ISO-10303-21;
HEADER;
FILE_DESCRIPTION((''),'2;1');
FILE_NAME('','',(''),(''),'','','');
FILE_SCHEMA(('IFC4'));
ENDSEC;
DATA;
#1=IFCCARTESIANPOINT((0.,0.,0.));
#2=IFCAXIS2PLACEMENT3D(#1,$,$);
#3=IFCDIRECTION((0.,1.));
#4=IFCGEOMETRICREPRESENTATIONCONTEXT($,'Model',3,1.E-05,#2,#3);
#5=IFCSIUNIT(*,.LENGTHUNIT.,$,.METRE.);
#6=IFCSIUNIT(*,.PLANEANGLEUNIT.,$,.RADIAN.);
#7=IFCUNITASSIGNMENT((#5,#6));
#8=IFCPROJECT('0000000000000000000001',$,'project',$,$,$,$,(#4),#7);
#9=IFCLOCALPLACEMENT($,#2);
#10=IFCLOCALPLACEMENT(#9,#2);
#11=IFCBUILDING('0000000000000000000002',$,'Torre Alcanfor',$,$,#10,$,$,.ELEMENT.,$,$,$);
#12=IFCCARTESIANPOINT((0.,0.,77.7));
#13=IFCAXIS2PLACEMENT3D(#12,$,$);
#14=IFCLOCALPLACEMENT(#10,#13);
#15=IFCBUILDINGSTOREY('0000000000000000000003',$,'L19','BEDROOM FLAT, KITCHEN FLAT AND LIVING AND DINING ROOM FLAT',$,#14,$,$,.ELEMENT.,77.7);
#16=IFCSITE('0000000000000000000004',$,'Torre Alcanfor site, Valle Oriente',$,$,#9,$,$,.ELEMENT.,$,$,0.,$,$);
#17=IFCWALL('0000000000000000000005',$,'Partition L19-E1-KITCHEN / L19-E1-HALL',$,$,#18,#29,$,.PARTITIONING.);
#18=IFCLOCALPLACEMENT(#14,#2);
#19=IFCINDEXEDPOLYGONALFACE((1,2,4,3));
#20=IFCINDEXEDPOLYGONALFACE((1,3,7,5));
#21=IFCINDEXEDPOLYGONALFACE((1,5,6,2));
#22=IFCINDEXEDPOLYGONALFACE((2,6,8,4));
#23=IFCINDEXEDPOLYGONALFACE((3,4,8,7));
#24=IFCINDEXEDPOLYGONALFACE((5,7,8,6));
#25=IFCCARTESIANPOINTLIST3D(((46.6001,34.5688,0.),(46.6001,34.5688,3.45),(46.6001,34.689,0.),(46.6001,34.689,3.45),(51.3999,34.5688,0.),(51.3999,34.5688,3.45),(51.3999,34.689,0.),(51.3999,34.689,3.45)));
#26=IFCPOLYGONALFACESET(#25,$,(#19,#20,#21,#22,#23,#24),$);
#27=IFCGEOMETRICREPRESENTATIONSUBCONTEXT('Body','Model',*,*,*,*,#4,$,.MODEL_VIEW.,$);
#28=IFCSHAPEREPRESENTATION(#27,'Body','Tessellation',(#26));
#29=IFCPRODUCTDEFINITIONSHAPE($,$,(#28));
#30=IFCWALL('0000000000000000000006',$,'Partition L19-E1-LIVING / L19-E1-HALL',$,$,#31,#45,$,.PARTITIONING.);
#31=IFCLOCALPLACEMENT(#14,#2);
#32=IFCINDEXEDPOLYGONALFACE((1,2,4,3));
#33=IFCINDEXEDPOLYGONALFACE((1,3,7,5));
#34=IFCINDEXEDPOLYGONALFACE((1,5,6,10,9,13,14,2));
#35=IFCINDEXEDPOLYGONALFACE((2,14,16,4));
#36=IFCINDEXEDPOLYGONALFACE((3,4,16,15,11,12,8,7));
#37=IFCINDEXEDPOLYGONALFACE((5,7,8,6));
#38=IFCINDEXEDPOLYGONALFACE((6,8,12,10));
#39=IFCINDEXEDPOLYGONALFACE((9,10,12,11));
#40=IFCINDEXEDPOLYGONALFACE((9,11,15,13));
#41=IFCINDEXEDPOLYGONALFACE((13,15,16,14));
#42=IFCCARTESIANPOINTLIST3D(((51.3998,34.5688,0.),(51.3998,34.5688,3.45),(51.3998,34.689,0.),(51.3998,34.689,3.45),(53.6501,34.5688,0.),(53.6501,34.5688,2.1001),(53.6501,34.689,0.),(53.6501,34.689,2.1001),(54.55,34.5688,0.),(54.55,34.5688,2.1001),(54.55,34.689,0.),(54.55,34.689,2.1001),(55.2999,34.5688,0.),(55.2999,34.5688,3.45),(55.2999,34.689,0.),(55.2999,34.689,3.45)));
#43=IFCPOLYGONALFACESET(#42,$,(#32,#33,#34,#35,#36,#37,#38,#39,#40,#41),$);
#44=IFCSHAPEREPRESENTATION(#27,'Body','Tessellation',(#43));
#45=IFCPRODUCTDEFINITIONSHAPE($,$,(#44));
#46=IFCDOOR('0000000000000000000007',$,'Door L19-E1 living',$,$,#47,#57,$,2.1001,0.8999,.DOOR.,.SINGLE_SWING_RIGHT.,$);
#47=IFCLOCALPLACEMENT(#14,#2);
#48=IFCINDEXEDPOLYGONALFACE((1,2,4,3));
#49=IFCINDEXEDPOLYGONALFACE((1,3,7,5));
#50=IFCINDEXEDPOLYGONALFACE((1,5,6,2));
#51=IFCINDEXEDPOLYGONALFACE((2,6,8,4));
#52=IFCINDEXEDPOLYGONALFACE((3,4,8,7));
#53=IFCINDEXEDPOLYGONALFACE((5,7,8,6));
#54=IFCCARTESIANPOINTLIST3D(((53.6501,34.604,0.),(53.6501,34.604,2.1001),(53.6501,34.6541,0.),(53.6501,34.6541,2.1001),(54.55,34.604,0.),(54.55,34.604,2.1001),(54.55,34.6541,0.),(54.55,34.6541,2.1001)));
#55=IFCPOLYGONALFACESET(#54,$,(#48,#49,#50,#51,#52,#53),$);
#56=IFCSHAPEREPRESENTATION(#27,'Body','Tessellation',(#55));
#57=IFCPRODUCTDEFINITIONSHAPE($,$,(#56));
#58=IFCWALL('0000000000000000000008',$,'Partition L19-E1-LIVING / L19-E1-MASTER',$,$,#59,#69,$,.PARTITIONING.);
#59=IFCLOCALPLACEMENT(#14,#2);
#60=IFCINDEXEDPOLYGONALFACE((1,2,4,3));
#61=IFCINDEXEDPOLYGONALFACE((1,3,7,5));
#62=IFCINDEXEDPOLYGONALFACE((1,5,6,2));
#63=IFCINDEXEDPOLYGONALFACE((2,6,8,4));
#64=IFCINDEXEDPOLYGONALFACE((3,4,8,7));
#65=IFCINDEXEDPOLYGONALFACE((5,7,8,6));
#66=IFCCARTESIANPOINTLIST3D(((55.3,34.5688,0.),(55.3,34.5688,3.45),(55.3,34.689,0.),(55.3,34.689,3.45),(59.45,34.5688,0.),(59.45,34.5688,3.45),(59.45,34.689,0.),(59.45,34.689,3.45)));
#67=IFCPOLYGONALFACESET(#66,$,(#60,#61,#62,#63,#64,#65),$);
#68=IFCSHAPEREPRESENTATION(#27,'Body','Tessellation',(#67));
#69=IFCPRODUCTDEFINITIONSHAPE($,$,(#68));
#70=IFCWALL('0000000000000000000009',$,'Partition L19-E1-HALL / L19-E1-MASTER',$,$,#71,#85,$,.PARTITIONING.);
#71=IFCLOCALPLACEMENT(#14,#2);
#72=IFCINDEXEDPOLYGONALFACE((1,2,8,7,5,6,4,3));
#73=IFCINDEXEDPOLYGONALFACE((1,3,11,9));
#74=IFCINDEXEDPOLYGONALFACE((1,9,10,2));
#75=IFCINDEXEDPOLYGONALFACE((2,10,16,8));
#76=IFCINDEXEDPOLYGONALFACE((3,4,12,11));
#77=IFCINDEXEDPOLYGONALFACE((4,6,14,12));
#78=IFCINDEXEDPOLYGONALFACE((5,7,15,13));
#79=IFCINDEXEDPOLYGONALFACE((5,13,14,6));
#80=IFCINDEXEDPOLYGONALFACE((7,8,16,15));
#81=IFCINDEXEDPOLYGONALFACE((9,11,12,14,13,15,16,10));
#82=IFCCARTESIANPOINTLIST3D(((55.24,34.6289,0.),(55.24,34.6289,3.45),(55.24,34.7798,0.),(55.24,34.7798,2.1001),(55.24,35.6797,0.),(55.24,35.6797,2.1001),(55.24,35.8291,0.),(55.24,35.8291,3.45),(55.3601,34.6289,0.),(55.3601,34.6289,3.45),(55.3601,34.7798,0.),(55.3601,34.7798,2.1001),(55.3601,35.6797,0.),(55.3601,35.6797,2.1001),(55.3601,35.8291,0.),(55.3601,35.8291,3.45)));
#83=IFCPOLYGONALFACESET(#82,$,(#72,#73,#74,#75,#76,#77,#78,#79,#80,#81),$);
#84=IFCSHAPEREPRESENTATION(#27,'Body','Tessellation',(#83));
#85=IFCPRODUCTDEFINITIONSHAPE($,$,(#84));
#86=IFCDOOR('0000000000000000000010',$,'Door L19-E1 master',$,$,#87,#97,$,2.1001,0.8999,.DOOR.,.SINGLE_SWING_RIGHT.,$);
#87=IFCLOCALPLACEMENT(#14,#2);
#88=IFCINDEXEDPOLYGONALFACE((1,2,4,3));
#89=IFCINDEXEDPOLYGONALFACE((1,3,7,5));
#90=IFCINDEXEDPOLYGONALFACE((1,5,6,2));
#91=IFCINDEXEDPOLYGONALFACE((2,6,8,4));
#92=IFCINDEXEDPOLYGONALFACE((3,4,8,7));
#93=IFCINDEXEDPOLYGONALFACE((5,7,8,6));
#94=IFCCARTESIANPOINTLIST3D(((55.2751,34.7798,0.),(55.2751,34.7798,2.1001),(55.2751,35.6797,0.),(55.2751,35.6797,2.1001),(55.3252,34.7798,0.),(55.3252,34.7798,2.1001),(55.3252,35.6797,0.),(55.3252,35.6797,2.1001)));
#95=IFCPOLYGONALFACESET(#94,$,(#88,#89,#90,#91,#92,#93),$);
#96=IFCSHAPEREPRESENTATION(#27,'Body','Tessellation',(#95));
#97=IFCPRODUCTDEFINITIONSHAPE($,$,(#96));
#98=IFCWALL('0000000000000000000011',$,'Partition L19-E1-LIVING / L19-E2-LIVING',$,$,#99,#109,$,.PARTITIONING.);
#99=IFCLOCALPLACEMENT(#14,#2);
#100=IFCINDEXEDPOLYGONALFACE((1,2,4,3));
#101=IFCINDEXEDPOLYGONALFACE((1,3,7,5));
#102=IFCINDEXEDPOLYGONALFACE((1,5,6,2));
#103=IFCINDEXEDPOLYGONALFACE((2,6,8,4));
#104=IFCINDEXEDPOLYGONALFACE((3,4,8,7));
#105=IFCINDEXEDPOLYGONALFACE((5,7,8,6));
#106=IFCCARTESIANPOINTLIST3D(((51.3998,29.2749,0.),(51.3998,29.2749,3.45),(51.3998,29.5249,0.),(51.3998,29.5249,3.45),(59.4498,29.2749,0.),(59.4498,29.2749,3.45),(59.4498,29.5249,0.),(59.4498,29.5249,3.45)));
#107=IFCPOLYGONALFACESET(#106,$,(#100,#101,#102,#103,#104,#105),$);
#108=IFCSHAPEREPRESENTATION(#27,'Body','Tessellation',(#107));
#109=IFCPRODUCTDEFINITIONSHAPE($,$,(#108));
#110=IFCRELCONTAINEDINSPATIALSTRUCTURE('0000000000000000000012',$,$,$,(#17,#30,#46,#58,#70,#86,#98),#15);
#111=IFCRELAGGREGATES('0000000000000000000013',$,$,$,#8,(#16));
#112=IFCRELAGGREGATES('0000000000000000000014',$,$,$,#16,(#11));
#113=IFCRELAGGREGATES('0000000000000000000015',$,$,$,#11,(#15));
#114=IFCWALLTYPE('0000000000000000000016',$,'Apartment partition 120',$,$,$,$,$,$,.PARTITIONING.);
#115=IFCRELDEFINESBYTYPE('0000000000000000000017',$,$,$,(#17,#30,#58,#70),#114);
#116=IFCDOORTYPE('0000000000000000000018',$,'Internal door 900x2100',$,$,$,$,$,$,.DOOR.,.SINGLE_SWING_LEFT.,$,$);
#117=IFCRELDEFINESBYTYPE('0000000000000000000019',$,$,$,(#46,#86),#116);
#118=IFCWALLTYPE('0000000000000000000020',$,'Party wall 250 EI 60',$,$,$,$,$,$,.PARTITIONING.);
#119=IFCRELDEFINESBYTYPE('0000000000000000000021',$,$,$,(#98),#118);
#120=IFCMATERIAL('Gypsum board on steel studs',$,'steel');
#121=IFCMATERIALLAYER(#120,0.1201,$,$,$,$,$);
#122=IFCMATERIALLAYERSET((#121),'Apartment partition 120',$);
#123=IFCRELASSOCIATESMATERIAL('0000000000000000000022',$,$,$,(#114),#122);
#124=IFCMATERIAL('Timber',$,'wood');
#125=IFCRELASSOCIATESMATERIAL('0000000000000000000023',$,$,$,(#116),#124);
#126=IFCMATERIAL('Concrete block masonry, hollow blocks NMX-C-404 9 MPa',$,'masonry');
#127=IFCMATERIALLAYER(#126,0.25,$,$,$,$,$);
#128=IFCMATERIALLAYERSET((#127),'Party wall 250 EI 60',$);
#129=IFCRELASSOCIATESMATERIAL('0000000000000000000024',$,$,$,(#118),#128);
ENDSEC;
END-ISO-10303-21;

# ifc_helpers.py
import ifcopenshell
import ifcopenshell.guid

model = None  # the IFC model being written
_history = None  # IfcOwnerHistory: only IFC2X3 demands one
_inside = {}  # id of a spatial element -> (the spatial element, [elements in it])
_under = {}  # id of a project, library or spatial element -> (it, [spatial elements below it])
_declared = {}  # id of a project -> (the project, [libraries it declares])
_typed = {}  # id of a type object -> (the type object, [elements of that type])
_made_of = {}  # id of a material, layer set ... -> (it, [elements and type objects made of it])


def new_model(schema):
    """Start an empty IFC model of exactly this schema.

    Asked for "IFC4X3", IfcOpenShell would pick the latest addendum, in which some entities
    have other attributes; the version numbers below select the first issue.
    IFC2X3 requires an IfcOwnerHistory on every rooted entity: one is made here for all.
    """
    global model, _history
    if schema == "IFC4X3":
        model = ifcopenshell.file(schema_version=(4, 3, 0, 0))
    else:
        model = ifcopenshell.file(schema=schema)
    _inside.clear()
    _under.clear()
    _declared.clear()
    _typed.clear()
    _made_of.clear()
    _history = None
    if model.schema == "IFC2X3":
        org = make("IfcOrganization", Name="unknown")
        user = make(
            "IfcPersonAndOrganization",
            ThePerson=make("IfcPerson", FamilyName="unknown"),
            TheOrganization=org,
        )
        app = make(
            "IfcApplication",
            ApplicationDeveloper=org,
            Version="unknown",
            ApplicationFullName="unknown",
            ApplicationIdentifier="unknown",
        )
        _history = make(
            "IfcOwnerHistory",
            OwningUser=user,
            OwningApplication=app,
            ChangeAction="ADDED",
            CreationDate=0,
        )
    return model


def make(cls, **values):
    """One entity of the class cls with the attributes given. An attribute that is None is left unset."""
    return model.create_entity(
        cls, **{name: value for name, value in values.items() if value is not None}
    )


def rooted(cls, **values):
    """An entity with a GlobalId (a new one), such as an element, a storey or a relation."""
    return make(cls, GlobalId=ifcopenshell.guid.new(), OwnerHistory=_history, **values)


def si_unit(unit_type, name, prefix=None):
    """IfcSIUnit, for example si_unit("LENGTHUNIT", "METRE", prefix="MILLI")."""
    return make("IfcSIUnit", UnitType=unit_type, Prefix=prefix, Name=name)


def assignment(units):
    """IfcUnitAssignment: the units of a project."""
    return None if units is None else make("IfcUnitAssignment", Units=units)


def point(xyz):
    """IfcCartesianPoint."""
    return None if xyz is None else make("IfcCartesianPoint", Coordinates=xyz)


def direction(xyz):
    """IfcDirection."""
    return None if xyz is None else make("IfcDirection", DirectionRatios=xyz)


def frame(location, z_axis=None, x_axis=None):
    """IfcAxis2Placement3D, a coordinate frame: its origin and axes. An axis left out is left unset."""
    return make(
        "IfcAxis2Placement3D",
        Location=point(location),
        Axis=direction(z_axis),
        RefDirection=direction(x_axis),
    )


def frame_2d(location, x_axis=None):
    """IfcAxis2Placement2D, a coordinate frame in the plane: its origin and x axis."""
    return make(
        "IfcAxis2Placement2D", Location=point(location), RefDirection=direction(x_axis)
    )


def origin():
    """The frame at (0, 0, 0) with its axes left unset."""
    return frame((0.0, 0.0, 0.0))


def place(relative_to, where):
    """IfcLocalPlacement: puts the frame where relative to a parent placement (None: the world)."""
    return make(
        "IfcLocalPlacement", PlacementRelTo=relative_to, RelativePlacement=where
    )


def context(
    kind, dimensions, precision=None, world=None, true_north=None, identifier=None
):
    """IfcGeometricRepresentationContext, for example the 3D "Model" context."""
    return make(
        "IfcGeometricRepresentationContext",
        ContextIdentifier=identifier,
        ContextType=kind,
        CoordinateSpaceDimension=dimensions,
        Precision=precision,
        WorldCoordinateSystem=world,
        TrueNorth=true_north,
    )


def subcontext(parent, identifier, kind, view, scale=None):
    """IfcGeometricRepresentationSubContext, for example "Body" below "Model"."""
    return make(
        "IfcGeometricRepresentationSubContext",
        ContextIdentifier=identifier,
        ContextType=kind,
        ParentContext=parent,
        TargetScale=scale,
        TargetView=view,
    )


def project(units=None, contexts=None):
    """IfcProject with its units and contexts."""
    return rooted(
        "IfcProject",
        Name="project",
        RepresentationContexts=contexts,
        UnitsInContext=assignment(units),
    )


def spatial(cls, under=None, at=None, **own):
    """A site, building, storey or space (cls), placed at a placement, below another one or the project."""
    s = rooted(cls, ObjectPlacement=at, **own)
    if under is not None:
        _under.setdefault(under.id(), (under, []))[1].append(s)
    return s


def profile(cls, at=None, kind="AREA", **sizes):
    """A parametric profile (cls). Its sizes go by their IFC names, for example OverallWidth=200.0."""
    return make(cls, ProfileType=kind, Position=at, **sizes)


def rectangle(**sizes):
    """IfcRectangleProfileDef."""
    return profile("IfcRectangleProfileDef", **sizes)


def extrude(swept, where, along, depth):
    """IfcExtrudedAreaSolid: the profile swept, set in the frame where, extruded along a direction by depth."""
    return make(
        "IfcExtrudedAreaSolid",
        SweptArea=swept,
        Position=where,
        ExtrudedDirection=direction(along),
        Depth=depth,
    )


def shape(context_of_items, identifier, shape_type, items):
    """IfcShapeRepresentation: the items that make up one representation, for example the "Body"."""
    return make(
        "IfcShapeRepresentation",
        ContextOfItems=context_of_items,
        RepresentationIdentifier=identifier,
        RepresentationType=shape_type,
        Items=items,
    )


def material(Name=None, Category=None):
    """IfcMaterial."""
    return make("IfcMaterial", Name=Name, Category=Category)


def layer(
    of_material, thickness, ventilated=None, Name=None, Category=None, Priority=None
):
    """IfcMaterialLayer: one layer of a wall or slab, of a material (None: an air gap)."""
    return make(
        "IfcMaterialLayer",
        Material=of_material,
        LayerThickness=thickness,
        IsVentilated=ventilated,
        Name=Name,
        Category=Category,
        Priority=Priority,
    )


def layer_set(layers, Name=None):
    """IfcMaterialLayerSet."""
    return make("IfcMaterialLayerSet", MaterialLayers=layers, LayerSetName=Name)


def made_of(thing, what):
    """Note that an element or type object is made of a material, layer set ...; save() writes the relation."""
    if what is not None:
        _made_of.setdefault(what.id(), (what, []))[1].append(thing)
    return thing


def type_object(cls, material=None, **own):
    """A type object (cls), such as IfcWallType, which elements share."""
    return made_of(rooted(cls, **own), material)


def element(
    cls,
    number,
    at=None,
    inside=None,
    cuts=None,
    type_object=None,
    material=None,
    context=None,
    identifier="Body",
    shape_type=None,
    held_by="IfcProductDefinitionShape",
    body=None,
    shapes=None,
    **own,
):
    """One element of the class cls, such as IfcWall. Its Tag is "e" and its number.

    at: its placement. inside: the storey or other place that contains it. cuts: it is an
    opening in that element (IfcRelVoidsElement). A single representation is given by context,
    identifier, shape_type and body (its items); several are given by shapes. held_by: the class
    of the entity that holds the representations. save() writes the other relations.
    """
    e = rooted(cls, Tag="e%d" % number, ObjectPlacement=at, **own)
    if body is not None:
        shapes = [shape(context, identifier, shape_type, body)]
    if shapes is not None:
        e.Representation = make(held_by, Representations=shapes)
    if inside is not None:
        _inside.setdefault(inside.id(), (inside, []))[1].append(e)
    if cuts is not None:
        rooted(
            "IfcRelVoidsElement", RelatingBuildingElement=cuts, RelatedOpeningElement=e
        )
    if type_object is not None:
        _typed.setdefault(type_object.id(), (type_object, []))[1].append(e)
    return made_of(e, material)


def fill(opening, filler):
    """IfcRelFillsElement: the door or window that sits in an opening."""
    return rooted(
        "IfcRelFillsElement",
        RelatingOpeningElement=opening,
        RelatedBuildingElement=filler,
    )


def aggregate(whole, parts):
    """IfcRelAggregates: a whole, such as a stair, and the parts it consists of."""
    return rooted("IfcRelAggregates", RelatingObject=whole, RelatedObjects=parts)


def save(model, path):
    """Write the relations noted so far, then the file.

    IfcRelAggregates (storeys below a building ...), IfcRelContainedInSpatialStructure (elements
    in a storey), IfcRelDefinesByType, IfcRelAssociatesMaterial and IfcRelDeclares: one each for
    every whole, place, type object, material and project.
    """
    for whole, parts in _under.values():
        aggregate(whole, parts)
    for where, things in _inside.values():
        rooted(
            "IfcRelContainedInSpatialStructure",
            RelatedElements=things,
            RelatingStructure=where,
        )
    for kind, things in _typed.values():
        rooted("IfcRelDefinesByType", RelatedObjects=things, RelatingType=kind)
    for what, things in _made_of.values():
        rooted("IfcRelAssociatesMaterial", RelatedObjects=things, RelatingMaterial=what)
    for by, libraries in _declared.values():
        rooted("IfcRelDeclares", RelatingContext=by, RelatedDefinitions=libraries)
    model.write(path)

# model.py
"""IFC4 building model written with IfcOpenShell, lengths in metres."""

from ifc_helpers import new_model, si_unit, direction, frame, frame_2d, origin, place, context, subcontext, project, spatial, rectangle, extrude, material, layer, layer_set, type_object, element, fill, save


model = new_model("IFC4")

# Units and contexts
model_context = context("Model", 3, precision=1e-05, world=origin(), true_north=direction((0.0, 1.0)))
body_context = subcontext(model_context, "Body", "Model", "MODEL_VIEW")
ifc_project = project(units=[si_unit("LENGTHUNIT", "METRE"), si_unit("PLANEANGLEUNIT", "RADIAN")], contexts=[model_context])

# Site, building, storey
site_placement = place(None, origin())
site = spatial("IfcSite", under=ifc_project, at=site_placement, Name="Torre Alcanfor site, Valle Oriente", CompositionType="ELEMENT", RefElevation=0.0)
building_placement = place(site_placement, origin())
building = spatial("IfcBuilding", under=site, at=building_placement, Name="Torre Alcanfor", CompositionType="ELEMENT")
storey_placement = place(building_placement, frame((0.0, 0.0, 77.7)))
storey = spatial("IfcBuildingStorey", under=building, at=storey_placement, Name="L19", Description="BEDROOM FLAT, KITCHEN FLAT AND LIVING AND DINING ROOM FLAT", CompositionType="ELEMENT", Elevation=77.7)

# Wall
ifc_material_1 = material(Name="Gypsum board on steel studs", Category="steel")
ifc_layer_1 = layer(ifc_material_1, 0.1201)
ifc_layer_set_1 = layer_set([ifc_layer_1], Name="Apartment partition 120")
wall_type_1 = type_object("IfcWallType", Name="Apartment partition 120", PredefinedType="PARTITIONING", material=ifc_layer_set_1)
wall_1_placement = place(storey_placement, frame((51.3999, 34.6289, 0.0), z_axis=(0.0, 0.0, 1.0), x_axis=(-1.0, 0.0, 0.0)))
element("IfcWall", 1, at=wall_1_placement, inside=storey, type_object=wall_type_1, Name="Partition L19-E1-KITCHEN / L19-E1-HALL", PredefinedType="PARTITIONING", context=body_context, shape_type="SweptSolid", body=[
    extrude(rectangle(XDim=4.7998, YDim=0.1201, at=frame_2d((2.3999, 0.0))), origin(), (0.0, 0.0, 1.0), 3.45),
])

# Wall, opening, door
wall_2_placement = place(storey_placement, frame((55.3, 34.6289, 0.0), z_axis=(0.0, 0.0, 1.0), x_axis=(-1.0, 0.0, 0.0)))
wall_2 = element("IfcWall", 2, at=wall_2_placement, inside=storey, type_object=wall_type_1, Name="Partition L19-E1-LIVING / L19-E1-HALL", PredefinedType="PARTITIONING", context=body_context, shape_type="SweptSolid", body=[
    extrude(rectangle(XDim=3.9001, YDim=0.1201, at=frame_2d((1.9502, 0.0))), origin(), (0.0, 0.0, 1.0), 3.45),
])
opening_1_placement = place(wall_2_placement, frame((0.75, 0.0, 0.0)))
opening_1 = element("IfcOpeningElement", 3, at=opening_1_placement, cuts=wall_2, PredefinedType="OPENING", context=body_context, shape_type="SweptSolid", body=[
    extrude(rectangle(XDim=0.8999, YDim=2.1001, at=frame_2d((0.45, 1.05))), frame((0.0, 0.0701, 0.0), z_axis=(0.0, -1.0, 0.0), x_axis=(1.0, 0.0, 0.0)), (0.0, 0.0, 1.0), 0.1401),
])
ifc_material_2 = material(Name="Timber", Category="wood")
door_type = type_object("IfcDoorType", Name="Internal door 900x2100", OperationType="SINGLE_SWING_LEFT", PredefinedType="DOOR", material=ifc_material_2)
door_1_placement = place(opening_1_placement, origin())
door_1 = element("IfcDoor", 4, at=door_1_placement, inside=storey, type_object=door_type, Name="Door L19-E1 living", OperationType="SINGLE_SWING_RIGHT", OverallHeight=2.1001, OverallWidth=0.8999, PredefinedType="DOOR", context=body_context, shape_type="SweptSolid", body=[
    extrude(rectangle(XDim=0.8999, YDim=2.1001, at=frame_2d((0.45, 1.05))), frame((0.0, 0.0249, 0.0), z_axis=(0.0, -1.0, 0.0), x_axis=(1.0, 0.0, 0.0)), (0.0, 0.0, 1.0), 0.05),
])
fill(opening_1, door_1)

# Wall
wall_3_placement = place(storey_placement, frame((59.45, 34.6289, 0.0), z_axis=(0.0, 0.0, 1.0), x_axis=(-1.0, 0.0, 0.0)))
element("IfcWall", 5, at=wall_3_placement, inside=storey, type_object=wall_type_1, Name="Partition L19-E1-LIVING / L19-E1-MASTER", PredefinedType="PARTITIONING", context=body_context, shape_type="SweptSolid", body=[
    extrude(rectangle(XDim=4.1499, YDim=0.1201, at=frame_2d((2.075, 0.0))), origin(), (0.0, 0.0, 1.0), 3.45),
])

# Wall, opening, door
wall_4_placement = place(storey_placement, frame((55.3, 34.6289, 0.0), z_axis=(0.0, 0.0, 1.0), x_axis=(0.0, 1.0, 0.0)))
wall_4 = element("IfcWall", 6, at=wall_4_placement, inside=storey, type_object=wall_type_1, Name="Partition L19-E1-HALL / L19-E1-MASTER", PredefinedType="PARTITIONING", context=body_context, shape_type="SweptSolid", body=[
    extrude(rectangle(XDim=1.2002, YDim=0.1201, at=frame_2d((0.6001, 0.0))), origin(), (0.0, 0.0, 1.0), 3.45),
])
opening_2_placement = place(wall_4_placement, frame((0.1509, 0.0, 0.0)))
opening_2 = element("IfcOpeningElement", 7, at=opening_2_placement, cuts=wall_4, PredefinedType="OPENING", context=body_context, shape_type="SweptSolid", body=[
    extrude(rectangle(XDim=0.8999, YDim=2.1001, at=frame_2d((0.45, 1.05))), frame((0.0, 0.0701, 0.0), z_axis=(0.0, -1.0, 0.0), x_axis=(1.0, 0.0, 0.0)), (0.0, 0.0, 1.0), 0.1401),
])
door_2_placement = place(opening_2_placement, frame((0.8999, 0.0, 0.0), z_axis=(0.0, 0.0, 1.0), x_axis=(-1.0, 0.0, 0.0)))
door_2 = element("IfcDoor", 8, at=door_2_placement, inside=storey, type_object=door_type, Name="Door L19-E1 master", OperationType="SINGLE_SWING_RIGHT", OverallHeight=2.1001, OverallWidth=0.8999, PredefinedType="DOOR", context=body_context, shape_type="SweptSolid", body=[
    extrude(rectangle(XDim=0.8999, YDim=2.1001, at=frame_2d((0.45, 1.05))), frame((0.0, 0.0251, 0.0), z_axis=(0.0, -1.0, 0.0), x_axis=(1.0, 0.0, 0.0)), (0.0, 0.0, 1.0), 0.05),
])
fill(opening_2, door_2)

# Wall
ifc_material_3 = material(Name="Concrete block masonry, hollow blocks NMX-C-404 9 MPa", Category="masonry")
ifc_layer_2 = layer(ifc_material_3, 0.25)
ifc_layer_set_2 = layer_set([ifc_layer_2], Name="Party wall 250 EI 60")
wall_type_2 = type_object("IfcWallType", Name="Party wall 250 EI 60", PredefinedType="PARTITIONING", material=ifc_layer_set_2)
wall_5_placement = place(storey_placement, frame((51.3999, 29.3999, 0.0), z_axis=(0.0, 0.0, 1.0), x_axis=(1.0, 0.0, 0.0)))
element("IfcWall", 9, at=wall_5_placement, inside=storey, type_object=wall_type_2, Name="Partition L19-E1-LIVING / L19-E2-LIVING", PredefinedType="PARTITIONING", context=body_context, shape_type="SweptSolid", body=[
    extrude(rectangle(XDim=8.05, YDim=0.25, at=frame_2d((4.0249, 0.0))), origin(), (0.0, 0.0, 1.0), 3.45),
])

save(model, "model.ifc")
